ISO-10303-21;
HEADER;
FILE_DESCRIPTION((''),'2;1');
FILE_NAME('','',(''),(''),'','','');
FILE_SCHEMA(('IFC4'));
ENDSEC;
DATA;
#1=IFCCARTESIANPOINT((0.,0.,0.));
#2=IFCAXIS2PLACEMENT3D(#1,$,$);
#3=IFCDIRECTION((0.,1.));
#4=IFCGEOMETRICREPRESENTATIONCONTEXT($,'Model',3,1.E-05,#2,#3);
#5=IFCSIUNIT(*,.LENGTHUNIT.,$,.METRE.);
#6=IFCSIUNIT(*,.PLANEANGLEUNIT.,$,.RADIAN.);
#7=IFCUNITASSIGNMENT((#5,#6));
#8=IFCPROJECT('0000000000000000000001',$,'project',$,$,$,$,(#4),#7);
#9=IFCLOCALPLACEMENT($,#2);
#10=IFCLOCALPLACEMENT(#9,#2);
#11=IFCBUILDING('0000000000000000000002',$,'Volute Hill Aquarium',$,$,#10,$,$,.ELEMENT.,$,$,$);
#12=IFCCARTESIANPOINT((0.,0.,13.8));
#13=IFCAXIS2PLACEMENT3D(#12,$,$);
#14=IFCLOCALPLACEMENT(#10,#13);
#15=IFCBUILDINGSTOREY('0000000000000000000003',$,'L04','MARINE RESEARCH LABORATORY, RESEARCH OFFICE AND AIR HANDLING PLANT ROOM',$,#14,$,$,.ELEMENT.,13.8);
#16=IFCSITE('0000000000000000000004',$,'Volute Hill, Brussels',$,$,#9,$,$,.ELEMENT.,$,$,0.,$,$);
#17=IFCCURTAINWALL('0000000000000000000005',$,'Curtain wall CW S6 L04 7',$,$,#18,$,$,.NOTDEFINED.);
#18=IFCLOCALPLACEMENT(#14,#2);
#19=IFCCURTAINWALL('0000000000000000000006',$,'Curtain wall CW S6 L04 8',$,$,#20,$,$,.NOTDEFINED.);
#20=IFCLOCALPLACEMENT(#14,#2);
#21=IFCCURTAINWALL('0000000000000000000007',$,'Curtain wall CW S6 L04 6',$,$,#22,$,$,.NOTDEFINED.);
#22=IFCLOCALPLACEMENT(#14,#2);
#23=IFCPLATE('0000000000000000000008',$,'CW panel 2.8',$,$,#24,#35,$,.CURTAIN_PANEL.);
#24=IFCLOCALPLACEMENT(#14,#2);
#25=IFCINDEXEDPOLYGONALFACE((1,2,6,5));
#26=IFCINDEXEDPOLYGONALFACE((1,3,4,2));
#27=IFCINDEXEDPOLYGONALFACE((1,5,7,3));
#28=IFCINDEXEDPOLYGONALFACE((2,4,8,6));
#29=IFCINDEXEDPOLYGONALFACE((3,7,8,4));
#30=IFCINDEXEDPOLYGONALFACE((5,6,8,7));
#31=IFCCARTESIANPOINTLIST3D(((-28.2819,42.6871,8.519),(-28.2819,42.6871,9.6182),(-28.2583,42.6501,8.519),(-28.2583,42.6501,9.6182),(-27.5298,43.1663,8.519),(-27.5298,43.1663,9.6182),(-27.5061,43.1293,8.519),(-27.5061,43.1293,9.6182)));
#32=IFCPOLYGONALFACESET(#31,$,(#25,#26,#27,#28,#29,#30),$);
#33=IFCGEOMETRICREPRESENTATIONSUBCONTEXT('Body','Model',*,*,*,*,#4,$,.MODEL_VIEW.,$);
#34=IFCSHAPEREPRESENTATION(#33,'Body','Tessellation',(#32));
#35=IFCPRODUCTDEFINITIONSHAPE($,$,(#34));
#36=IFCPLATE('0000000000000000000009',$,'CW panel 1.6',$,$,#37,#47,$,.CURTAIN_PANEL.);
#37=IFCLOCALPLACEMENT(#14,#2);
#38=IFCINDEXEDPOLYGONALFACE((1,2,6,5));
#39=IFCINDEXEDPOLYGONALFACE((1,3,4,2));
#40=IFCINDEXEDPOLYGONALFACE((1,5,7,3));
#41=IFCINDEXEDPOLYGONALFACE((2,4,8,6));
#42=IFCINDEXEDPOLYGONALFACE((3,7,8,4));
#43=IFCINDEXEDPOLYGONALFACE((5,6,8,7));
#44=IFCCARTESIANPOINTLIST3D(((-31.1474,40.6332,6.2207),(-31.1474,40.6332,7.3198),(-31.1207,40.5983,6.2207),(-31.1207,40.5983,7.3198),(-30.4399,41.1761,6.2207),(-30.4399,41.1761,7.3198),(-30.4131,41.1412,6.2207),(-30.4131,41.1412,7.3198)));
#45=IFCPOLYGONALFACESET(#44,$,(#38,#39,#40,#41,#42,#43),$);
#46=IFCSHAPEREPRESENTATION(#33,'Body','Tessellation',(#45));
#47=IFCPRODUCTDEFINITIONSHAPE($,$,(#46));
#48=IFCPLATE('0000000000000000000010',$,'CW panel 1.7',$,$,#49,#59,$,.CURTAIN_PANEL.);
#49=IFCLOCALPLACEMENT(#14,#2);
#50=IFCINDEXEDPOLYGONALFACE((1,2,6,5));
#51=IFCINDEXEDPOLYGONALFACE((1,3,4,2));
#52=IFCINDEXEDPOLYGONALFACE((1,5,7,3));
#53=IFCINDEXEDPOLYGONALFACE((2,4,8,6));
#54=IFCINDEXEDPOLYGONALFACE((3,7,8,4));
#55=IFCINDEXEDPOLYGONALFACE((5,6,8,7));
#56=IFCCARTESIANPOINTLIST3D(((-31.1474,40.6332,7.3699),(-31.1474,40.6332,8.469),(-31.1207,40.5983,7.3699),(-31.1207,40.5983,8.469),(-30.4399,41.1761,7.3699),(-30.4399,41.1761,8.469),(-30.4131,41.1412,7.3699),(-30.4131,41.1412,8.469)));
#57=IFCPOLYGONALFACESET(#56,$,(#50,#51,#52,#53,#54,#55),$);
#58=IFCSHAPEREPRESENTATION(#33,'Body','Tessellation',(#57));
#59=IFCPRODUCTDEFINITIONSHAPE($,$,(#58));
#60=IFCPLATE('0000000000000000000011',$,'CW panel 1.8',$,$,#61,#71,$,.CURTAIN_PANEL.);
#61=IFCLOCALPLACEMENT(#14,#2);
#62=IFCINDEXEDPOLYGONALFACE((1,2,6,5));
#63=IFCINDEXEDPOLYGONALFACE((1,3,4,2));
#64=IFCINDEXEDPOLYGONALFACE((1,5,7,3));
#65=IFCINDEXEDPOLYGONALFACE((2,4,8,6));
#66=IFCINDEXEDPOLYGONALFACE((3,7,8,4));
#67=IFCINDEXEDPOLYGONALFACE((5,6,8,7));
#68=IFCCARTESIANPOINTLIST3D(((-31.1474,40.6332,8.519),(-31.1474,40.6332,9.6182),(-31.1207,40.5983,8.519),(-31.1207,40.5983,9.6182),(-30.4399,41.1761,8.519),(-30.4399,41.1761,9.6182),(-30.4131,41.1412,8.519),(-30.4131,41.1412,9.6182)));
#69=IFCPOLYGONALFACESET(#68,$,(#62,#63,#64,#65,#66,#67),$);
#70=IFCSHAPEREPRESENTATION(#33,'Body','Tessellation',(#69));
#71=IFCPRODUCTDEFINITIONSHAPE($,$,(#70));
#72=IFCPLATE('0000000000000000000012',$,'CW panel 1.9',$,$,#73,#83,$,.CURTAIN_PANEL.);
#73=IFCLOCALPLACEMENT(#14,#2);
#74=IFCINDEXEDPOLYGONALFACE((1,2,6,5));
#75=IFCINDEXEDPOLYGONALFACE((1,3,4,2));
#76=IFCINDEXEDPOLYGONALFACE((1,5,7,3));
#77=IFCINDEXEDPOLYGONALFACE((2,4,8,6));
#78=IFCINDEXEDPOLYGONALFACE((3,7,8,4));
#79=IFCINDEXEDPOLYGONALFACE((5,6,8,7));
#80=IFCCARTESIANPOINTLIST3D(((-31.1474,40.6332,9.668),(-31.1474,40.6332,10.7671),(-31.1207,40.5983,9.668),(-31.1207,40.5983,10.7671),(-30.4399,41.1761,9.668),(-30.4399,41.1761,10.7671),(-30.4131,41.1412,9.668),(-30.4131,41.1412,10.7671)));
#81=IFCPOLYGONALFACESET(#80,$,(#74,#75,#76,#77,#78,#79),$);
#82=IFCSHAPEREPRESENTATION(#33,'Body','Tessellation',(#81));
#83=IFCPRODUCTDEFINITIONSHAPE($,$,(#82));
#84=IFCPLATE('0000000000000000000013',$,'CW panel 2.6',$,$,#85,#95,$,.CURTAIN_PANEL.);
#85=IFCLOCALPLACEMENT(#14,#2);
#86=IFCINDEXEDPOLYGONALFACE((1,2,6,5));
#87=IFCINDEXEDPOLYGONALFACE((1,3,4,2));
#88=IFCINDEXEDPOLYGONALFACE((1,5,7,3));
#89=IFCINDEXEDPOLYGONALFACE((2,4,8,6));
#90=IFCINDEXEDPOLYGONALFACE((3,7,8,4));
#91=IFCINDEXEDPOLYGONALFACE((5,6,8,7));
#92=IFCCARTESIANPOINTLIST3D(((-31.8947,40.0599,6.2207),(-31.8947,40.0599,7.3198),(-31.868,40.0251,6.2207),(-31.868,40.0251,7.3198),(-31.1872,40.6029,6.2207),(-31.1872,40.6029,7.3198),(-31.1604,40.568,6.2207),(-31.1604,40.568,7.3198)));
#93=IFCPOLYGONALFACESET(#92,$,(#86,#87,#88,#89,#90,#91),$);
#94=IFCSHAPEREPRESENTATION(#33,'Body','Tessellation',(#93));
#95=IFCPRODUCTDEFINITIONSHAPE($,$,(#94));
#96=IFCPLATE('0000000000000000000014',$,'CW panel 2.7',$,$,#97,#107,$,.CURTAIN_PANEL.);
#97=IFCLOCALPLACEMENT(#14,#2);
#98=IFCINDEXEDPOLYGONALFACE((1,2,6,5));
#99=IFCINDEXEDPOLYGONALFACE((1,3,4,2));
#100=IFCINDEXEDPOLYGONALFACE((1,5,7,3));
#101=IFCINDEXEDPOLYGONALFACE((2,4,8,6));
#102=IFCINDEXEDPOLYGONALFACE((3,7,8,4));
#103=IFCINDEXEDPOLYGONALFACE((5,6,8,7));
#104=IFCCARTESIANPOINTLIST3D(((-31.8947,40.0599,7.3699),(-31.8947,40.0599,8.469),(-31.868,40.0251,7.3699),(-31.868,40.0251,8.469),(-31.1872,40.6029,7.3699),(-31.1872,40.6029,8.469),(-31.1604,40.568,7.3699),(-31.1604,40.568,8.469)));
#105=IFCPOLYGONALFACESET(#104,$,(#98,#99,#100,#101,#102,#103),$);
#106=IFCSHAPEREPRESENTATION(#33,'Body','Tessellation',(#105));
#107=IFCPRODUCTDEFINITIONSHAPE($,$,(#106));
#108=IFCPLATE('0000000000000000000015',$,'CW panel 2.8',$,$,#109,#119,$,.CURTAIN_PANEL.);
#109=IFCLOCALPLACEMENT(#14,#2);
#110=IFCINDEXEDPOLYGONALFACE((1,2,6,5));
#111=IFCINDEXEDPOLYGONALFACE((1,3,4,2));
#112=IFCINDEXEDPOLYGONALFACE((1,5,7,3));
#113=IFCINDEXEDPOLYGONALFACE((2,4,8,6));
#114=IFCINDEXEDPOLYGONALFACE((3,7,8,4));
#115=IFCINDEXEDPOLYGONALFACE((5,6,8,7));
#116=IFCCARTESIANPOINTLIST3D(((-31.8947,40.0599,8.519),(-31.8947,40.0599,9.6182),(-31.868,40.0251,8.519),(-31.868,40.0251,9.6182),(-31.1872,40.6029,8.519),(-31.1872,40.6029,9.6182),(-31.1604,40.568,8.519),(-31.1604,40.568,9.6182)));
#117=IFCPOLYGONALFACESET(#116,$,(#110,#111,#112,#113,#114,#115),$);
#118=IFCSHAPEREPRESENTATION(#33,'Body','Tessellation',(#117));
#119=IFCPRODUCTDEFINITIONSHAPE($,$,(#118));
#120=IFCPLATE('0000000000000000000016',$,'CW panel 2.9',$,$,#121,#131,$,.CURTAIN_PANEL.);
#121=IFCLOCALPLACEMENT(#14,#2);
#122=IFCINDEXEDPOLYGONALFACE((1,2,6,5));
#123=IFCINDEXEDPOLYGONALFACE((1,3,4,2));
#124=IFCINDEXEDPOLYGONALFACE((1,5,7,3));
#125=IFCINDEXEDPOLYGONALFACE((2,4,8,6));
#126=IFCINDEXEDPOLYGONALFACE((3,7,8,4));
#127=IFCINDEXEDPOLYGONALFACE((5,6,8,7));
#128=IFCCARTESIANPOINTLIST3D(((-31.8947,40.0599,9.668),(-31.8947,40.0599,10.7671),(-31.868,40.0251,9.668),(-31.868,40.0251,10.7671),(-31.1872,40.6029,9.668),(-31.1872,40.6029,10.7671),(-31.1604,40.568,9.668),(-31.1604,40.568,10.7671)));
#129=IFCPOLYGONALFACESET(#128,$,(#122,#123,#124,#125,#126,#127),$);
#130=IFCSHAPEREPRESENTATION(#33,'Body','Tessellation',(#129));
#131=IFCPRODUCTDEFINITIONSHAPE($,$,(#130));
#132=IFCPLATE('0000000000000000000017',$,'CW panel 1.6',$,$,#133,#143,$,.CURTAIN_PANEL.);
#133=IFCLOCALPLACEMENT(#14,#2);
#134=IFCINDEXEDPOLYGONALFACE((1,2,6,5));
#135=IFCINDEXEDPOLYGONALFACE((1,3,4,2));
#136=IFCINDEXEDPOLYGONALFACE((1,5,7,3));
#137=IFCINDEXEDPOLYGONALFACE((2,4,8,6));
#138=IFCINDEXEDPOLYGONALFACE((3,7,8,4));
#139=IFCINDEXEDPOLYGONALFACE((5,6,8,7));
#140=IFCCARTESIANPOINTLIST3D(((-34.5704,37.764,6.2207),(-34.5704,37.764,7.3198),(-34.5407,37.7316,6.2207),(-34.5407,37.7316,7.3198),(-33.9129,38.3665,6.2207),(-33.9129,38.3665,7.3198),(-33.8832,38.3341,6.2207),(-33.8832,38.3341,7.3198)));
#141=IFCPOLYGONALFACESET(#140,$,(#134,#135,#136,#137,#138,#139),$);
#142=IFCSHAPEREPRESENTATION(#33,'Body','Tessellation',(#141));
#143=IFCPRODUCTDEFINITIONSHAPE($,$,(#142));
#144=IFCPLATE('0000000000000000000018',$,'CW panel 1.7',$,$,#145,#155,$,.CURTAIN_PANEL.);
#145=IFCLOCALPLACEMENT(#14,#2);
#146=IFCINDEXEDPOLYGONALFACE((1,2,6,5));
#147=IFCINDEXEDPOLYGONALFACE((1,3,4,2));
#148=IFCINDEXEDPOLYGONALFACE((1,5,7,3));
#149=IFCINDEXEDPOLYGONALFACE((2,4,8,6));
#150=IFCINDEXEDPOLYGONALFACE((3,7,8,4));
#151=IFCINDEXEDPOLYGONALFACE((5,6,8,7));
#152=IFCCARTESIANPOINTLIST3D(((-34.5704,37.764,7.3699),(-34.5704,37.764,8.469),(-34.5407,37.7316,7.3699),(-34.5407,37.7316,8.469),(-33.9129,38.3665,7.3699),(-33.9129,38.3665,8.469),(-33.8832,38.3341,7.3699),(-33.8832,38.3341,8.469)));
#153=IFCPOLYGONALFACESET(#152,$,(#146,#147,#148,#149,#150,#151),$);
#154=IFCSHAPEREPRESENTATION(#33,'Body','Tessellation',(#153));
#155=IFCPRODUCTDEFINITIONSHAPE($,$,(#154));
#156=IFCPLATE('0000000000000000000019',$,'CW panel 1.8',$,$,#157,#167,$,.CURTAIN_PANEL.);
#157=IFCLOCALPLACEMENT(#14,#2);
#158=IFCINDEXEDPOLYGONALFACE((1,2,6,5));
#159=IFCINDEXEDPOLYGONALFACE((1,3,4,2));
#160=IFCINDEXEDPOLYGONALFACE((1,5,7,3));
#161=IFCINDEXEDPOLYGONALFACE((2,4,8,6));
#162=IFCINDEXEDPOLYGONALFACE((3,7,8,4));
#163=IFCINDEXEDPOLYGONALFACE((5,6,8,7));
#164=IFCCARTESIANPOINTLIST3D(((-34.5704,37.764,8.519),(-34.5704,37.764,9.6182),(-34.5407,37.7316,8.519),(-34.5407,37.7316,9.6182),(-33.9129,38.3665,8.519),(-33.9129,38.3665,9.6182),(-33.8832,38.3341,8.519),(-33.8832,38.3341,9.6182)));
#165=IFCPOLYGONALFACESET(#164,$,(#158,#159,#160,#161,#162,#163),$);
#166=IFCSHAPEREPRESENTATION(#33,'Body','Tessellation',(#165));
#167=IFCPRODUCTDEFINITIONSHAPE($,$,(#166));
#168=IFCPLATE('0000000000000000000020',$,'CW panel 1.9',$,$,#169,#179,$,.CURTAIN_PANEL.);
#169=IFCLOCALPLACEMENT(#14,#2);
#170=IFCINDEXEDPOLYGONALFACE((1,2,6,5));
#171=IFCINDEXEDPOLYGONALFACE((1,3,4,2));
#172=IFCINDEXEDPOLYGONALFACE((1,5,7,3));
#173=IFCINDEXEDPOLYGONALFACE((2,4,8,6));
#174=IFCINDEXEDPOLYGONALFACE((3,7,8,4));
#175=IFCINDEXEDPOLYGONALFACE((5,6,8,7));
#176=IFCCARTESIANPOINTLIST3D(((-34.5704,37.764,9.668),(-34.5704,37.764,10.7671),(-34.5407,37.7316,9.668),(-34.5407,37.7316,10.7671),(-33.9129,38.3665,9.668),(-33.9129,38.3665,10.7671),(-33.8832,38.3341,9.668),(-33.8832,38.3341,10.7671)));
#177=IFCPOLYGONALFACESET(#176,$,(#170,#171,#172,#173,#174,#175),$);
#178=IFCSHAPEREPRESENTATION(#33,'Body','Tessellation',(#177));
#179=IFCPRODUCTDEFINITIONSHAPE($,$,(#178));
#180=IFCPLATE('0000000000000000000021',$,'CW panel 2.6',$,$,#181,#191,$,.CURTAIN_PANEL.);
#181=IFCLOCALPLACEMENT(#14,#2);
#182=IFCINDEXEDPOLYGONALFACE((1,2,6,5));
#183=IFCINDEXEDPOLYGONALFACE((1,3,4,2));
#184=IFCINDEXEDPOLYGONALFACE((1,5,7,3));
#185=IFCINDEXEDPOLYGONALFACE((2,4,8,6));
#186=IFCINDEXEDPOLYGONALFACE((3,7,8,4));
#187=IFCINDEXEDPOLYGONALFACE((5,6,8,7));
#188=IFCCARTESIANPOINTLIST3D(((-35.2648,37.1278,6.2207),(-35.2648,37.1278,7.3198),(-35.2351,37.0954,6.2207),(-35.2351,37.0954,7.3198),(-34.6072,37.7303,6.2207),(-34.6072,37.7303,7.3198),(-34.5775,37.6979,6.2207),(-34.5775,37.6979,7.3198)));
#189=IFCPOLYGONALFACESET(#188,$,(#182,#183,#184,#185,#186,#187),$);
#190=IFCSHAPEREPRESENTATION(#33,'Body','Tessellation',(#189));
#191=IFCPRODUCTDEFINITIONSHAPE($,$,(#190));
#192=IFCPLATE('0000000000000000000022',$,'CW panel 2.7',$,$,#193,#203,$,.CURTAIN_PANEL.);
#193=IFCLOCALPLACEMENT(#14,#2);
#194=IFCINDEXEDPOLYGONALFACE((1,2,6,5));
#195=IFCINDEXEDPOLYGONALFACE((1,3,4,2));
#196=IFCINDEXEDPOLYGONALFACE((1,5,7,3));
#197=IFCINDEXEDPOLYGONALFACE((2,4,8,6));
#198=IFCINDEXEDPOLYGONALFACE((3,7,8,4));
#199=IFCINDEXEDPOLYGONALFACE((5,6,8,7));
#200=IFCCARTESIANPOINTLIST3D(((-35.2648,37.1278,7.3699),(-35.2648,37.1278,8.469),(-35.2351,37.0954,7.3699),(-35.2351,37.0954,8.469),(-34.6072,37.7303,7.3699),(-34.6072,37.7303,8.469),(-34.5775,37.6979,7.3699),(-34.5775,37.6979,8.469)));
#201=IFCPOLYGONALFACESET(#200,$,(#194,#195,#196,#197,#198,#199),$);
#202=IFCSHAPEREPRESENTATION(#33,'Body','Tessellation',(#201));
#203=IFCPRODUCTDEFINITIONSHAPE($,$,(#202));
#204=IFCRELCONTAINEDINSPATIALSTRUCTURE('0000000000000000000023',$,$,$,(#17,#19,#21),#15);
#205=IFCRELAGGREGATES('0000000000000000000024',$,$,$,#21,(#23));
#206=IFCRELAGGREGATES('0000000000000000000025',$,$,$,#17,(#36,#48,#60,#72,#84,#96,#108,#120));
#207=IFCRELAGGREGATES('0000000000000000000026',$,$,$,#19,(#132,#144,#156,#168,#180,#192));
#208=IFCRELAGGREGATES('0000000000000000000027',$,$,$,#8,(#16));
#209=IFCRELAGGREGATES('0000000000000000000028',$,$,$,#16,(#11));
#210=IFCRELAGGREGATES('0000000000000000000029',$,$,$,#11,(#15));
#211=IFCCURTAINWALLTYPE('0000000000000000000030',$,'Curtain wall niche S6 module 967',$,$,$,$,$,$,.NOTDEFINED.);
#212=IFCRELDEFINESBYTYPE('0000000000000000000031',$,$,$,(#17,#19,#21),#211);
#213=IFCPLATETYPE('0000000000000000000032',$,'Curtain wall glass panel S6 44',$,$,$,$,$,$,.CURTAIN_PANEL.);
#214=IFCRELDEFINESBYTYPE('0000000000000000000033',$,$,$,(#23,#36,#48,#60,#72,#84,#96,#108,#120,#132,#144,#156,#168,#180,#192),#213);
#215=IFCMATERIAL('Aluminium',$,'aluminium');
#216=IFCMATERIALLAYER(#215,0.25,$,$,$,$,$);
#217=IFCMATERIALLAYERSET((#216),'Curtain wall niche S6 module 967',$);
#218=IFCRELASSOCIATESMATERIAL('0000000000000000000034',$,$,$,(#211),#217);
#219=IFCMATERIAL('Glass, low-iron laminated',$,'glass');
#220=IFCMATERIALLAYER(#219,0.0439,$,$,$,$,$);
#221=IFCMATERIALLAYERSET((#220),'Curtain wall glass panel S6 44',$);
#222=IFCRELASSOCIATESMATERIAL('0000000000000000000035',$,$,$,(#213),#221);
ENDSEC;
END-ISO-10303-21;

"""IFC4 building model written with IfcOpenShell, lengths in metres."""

from ifc_helpers import new_model, si_unit, direction, frame, origin, origin_2d, place, context, subcontext, project, spatial, rectangle, extrude, material, layer, layer_set, type_object, element, aggregate, save


model = new_model("IFC4")

# Units and contexts
model_context = context("Model", 3, precision=1e-05, world=origin(), true_north=direction((0.0, 1.0)))
body_context = subcontext(model_context, "Body", "Model", "MODEL_VIEW")
ifc_project = project(units=[si_unit("LENGTHUNIT", "METRE"), si_unit("PLANEANGLEUNIT", "RADIAN")], contexts=[model_context])

# Site, building, storey
site_placement = place(None, origin())
site = spatial("IfcSite", under=ifc_project, at=site_placement, Name="Volute Hill, Brussels", CompositionType="ELEMENT", RefElevation=0.0)
building_placement = place(site_placement, origin())
building = spatial("IfcBuilding", under=site, at=building_placement, Name="Volute Hill Aquarium", CompositionType="ELEMENT")
storey_placement = place(building_placement, frame((0.0, 0.0, 13.8)))
storey = spatial("IfcBuildingStorey", under=building, at=storey_placement, Name="L04", Description="MARINE RESEARCH LABORATORY, RESEARCH OFFICE AND AIR HANDLING PLANT ROOM", CompositionType="ELEMENT", Elevation=13.8)

# Curtain walls
ifc_material_1 = material(Name="Aluminium", Category="aluminium")
ifc_layer_1 = layer(ifc_material_1, 0.25)
ifc_layer_set_1 = layer_set([ifc_layer_1], Name="Curtain wall niche S6 module 967")
curtain_wall_type = type_object("IfcCurtainWallType", Name="Curtain wall niche S6 module 967", PredefinedType="NOTDEFINED", material=ifc_layer_set_1)
curtain_wall_1_placement = place(storey_placement, origin())
curtain_wall_1 = element("IfcCurtainWall", 1, at=curtain_wall_1_placement, inside=storey, type_object=curtain_wall_type, Name="Curtain wall CW S6 L04 7", PredefinedType="NOTDEFINED")
curtain_wall_2_placement = place(storey_placement, origin())
curtain_wall_2 = element("IfcCurtainWall", 2, at=curtain_wall_2_placement, inside=storey, type_object=curtain_wall_type, Name="Curtain wall CW S6 L04 8", PredefinedType="NOTDEFINED")

# Curtain wall, plate
curtain_wall_3_placement = place(storey_placement, origin())
curtain_wall_3 = element("IfcCurtainWall", 3, at=curtain_wall_3_placement, inside=storey, type_object=curtain_wall_type, Name="Curtain wall CW S6 L04 6", PredefinedType="NOTDEFINED")
ifc_material_2 = material(Name="Glass, low-iron laminated", Category="glass")
ifc_layer_2 = layer(ifc_material_2, 0.0439)
ifc_layer_set_2 = layer_set([ifc_layer_2], Name="Curtain wall glass panel S6 44")
plate_type = type_object("IfcPlateType", Name="Curtain wall glass panel S6 44", PredefinedType="CURTAIN_PANEL", material=ifc_layer_set_2)
plate_1_placement = place(storey_placement, frame((-27.894, 42.9082, 8.519), z_axis=(0.0, 0.0, 1.0), x_axis=(-0.843395, -0.537295, 0.0)))
plate_1 = element("IfcPlate", 4, at=plate_1_placement, type_object=plate_type, Name="CW panel 2.8", PredefinedType="CURTAIN_PANEL", context=body_context, shape_type="SweptSolid", body=[
    extrude(rectangle(XDim=0.8918, YDim=0.0439, at=origin_2d()), origin(), (0.0, 0.0, 1.0), 1.0991),
])
aggregate(curtain_wall_3, [plate_1])

# Plates
plate_2_placement = place(storey_placement, frame((-30.7803, 40.8872, 6.2207), z_axis=(0.0, 0.0, 1.0), x_axis=(-0.793348, -0.608769, 0.0)))
plate_2 = element("IfcPlate", 5, at=plate_2_placement, type_object=plate_type, Name="CW panel 1.6", PredefinedType="CURTAIN_PANEL", context=body_context, shape_type="SweptSolid", body=[
    extrude(rectangle(XDim=0.8918, YDim=0.0439, at=origin_2d()), origin(), (0.0, 0.0, 1.0), 1.0991),
])
plate_3_placement = place(storey_placement, frame((-30.7803, 40.8872, 7.3699), z_axis=(0.0, 0.0, 1.0), x_axis=(-0.793348, -0.608769, 0.0)))
plate_3 = element("IfcPlate", 6, at=plate_3_placement, type_object=plate_type, Name="CW panel 1.7", PredefinedType="CURTAIN_PANEL", context=body_context, shape_type="SweptSolid", body=[
    extrude(rectangle(XDim=0.8918, YDim=0.0439, at=origin_2d()), origin(), (0.0, 0.0, 1.0), 1.0991),
])
plate_4_placement = place(storey_placement, frame((-30.7803, 40.8872, 8.519), z_axis=(0.0, 0.0, 1.0), x_axis=(-0.793348, -0.608769, 0.0)))
plate_4 = element("IfcPlate", 7, at=plate_4_placement, type_object=plate_type, Name="CW panel 1.8", PredefinedType="CURTAIN_PANEL", context=body_context, shape_type="SweptSolid", body=[
    extrude(rectangle(XDim=0.8918, YDim=0.0439, at=origin_2d()), origin(), (0.0, 0.0, 1.0), 1.0991),
])
plate_5_placement = place(storey_placement, frame((-30.7803, 40.8872, 9.668), z_axis=(0.0, 0.0, 1.0), x_axis=(-0.793348, -0.608769, 0.0)))
plate_5 = element("IfcPlate", 8, at=plate_5_placement, type_object=plate_type, Name="CW panel 1.9", PredefinedType="CURTAIN_PANEL", context=body_context, shape_type="SweptSolid", body=[
    extrude(rectangle(XDim=0.8918, YDim=0.0439, at=origin_2d()), origin(), (0.0, 0.0, 1.0), 1.0991),
])
plate_6_placement = place(storey_placement, frame((-31.5276, 40.314, 6.2207), z_axis=(0.0, 0.0, 1.0), x_axis=(-0.793348, -0.608769, 0.0)))
plate_6 = element("IfcPlate", 9, at=plate_6_placement, type_object=plate_type, Name="CW panel 2.6", PredefinedType="CURTAIN_PANEL", context=body_context, shape_type="SweptSolid", body=[
    extrude(rectangle(XDim=0.8918, YDim=0.0439, at=origin_2d()), origin(), (0.0, 0.0, 1.0), 1.0991),
])
plate_7_placement = place(storey_placement, frame((-31.5276, 40.314, 7.3699), z_axis=(0.0, 0.0, 1.0), x_axis=(-0.793348, -0.608769, 0.0)))
plate_7 = element("IfcPlate", 10, at=plate_7_placement, type_object=plate_type, Name="CW panel 2.7", PredefinedType="CURTAIN_PANEL", context=body_context, shape_type="SweptSolid", body=[
    extrude(rectangle(XDim=0.8918, YDim=0.0439, at=origin_2d()), origin(), (0.0, 0.0, 1.0), 1.0991),
])
plate_8_placement = place(storey_placement, frame((-31.5276, 40.314, 8.519), z_axis=(0.0, 0.0, 1.0), x_axis=(-0.793348, -0.608769, 0.0)))
plate_8 = element("IfcPlate", 11, at=plate_8_placement, type_object=plate_type, Name="CW panel 2.8", PredefinedType="CURTAIN_PANEL", context=body_context, shape_type="SweptSolid", body=[
    extrude(rectangle(XDim=0.8918, YDim=0.0439, at=origin_2d()), origin(), (0.0, 0.0, 1.0), 1.0991),
])
plate_9_placement = place(storey_placement, frame((-31.5276, 40.314, 9.668), z_axis=(0.0, 0.0, 1.0), x_axis=(-0.793348, -0.608769, 0.0)))
plate_9 = element("IfcPlate", 12, at=plate_9_placement, type_object=plate_type, Name="CW panel 2.9", PredefinedType="CURTAIN_PANEL", context=body_context, shape_type="SweptSolid", body=[
    extrude(rectangle(XDim=0.8918, YDim=0.0439, at=origin_2d()), origin(), (0.0, 0.0, 1.0), 1.0991),
])
aggregate(curtain_wall_1, [plate_2, plate_3, plate_4, plate_5, plate_6, plate_7, plate_8, plate_9])
plate_10_placement = place(storey_placement, frame((-34.2268, 38.0491, 6.2207), z_axis=(0.0, 0.0, 1.0), x_axis=(-0.737285, -0.675582, 0.0)))
plate_10 = element("IfcPlate", 13, at=plate_10_placement, type_object=plate_type, Name="CW panel 1.6", PredefinedType="CURTAIN_PANEL", context=body_context, shape_type="SweptSolid", body=[
    extrude(rectangle(XDim=0.8918, YDim=0.0439, at=origin_2d()), origin(), (0.0, 0.0, 1.0), 1.0991),
])
plate_11_placement = place(storey_placement, frame((-34.2268, 38.0491, 7.3699), z_axis=(0.0, 0.0, 1.0), x_axis=(-0.737285, -0.675582, 0.0)))
plate_11 = element("IfcPlate", 14, at=plate_11_placement, type_object=plate_type, Name="CW panel 1.7", PredefinedType="CURTAIN_PANEL", context=body_context, shape_type="SweptSolid", body=[
    extrude(rectangle(XDim=0.8918, YDim=0.0439, at=origin_2d()), origin(), (0.0, 0.0, 1.0), 1.0991),
])
plate_12_placement = place(storey_placement, frame((-34.2268, 38.0491, 8.519), z_axis=(0.0, 0.0, 1.0), x_axis=(-0.737285, -0.675582, 0.0)))
plate_12 = element("IfcPlate", 15, at=plate_12_placement, type_object=plate_type, Name="CW panel 1.8", PredefinedType="CURTAIN_PANEL", context=body_context, shape_type="SweptSolid", body=[
    extrude(rectangle(XDim=0.8918, YDim=0.0439, at=origin_2d()), origin(), (0.0, 0.0, 1.0), 1.0991),
])
plate_13_placement = place(storey_placement, frame((-34.2268, 38.0491, 9.668), z_axis=(0.0, 0.0, 1.0), x_axis=(-0.737285, -0.675582, 0.0)))
plate_13 = element("IfcPlate", 16, at=plate_13_placement, type_object=plate_type, Name="CW panel 1.9", PredefinedType="CURTAIN_PANEL", context=body_context, shape_type="SweptSolid", body=[
    extrude(rectangle(XDim=0.8918, YDim=0.0439, at=origin_2d()), origin(), (0.0, 0.0, 1.0), 1.0991),
])
plate_14_placement = place(storey_placement, frame((-34.9211, 37.4128, 6.2207), z_axis=(0.0, 0.0, 1.0), x_axis=(-0.737285, -0.675582, 0.0)))
plate_14 = element("IfcPlate", 17, at=plate_14_placement, type_object=plate_type, Name="CW panel 2.6", PredefinedType="CURTAIN_PANEL", context=body_context, shape_type="SweptSolid", body=[
    extrude(rectangle(XDim=0.8918, YDim=0.0439, at=origin_2d()), origin(), (0.0, 0.0, 1.0), 1.0991),
])
plate_15_placement = place(storey_placement, frame((-34.9211, 37.4128, 7.3699), z_axis=(0.0, 0.0, 1.0), x_axis=(-0.737285, -0.675582, 0.0)))
plate_15 = element("IfcPlate", 18, at=plate_15_placement, type_object=plate_type, Name="CW panel 2.7", PredefinedType="CURTAIN_PANEL", context=body_context, shape_type="SweptSolid", body=[
    extrude(rectangle(XDim=0.8918, YDim=0.0439, at=origin_2d()), origin(), (0.0, 0.0, 1.0), 1.0991),
])
aggregate(curtain_wall_2, [plate_10, plate_11, plate_12, plate_13, plate_14, plate_15])

save(model, "model.ifc")
